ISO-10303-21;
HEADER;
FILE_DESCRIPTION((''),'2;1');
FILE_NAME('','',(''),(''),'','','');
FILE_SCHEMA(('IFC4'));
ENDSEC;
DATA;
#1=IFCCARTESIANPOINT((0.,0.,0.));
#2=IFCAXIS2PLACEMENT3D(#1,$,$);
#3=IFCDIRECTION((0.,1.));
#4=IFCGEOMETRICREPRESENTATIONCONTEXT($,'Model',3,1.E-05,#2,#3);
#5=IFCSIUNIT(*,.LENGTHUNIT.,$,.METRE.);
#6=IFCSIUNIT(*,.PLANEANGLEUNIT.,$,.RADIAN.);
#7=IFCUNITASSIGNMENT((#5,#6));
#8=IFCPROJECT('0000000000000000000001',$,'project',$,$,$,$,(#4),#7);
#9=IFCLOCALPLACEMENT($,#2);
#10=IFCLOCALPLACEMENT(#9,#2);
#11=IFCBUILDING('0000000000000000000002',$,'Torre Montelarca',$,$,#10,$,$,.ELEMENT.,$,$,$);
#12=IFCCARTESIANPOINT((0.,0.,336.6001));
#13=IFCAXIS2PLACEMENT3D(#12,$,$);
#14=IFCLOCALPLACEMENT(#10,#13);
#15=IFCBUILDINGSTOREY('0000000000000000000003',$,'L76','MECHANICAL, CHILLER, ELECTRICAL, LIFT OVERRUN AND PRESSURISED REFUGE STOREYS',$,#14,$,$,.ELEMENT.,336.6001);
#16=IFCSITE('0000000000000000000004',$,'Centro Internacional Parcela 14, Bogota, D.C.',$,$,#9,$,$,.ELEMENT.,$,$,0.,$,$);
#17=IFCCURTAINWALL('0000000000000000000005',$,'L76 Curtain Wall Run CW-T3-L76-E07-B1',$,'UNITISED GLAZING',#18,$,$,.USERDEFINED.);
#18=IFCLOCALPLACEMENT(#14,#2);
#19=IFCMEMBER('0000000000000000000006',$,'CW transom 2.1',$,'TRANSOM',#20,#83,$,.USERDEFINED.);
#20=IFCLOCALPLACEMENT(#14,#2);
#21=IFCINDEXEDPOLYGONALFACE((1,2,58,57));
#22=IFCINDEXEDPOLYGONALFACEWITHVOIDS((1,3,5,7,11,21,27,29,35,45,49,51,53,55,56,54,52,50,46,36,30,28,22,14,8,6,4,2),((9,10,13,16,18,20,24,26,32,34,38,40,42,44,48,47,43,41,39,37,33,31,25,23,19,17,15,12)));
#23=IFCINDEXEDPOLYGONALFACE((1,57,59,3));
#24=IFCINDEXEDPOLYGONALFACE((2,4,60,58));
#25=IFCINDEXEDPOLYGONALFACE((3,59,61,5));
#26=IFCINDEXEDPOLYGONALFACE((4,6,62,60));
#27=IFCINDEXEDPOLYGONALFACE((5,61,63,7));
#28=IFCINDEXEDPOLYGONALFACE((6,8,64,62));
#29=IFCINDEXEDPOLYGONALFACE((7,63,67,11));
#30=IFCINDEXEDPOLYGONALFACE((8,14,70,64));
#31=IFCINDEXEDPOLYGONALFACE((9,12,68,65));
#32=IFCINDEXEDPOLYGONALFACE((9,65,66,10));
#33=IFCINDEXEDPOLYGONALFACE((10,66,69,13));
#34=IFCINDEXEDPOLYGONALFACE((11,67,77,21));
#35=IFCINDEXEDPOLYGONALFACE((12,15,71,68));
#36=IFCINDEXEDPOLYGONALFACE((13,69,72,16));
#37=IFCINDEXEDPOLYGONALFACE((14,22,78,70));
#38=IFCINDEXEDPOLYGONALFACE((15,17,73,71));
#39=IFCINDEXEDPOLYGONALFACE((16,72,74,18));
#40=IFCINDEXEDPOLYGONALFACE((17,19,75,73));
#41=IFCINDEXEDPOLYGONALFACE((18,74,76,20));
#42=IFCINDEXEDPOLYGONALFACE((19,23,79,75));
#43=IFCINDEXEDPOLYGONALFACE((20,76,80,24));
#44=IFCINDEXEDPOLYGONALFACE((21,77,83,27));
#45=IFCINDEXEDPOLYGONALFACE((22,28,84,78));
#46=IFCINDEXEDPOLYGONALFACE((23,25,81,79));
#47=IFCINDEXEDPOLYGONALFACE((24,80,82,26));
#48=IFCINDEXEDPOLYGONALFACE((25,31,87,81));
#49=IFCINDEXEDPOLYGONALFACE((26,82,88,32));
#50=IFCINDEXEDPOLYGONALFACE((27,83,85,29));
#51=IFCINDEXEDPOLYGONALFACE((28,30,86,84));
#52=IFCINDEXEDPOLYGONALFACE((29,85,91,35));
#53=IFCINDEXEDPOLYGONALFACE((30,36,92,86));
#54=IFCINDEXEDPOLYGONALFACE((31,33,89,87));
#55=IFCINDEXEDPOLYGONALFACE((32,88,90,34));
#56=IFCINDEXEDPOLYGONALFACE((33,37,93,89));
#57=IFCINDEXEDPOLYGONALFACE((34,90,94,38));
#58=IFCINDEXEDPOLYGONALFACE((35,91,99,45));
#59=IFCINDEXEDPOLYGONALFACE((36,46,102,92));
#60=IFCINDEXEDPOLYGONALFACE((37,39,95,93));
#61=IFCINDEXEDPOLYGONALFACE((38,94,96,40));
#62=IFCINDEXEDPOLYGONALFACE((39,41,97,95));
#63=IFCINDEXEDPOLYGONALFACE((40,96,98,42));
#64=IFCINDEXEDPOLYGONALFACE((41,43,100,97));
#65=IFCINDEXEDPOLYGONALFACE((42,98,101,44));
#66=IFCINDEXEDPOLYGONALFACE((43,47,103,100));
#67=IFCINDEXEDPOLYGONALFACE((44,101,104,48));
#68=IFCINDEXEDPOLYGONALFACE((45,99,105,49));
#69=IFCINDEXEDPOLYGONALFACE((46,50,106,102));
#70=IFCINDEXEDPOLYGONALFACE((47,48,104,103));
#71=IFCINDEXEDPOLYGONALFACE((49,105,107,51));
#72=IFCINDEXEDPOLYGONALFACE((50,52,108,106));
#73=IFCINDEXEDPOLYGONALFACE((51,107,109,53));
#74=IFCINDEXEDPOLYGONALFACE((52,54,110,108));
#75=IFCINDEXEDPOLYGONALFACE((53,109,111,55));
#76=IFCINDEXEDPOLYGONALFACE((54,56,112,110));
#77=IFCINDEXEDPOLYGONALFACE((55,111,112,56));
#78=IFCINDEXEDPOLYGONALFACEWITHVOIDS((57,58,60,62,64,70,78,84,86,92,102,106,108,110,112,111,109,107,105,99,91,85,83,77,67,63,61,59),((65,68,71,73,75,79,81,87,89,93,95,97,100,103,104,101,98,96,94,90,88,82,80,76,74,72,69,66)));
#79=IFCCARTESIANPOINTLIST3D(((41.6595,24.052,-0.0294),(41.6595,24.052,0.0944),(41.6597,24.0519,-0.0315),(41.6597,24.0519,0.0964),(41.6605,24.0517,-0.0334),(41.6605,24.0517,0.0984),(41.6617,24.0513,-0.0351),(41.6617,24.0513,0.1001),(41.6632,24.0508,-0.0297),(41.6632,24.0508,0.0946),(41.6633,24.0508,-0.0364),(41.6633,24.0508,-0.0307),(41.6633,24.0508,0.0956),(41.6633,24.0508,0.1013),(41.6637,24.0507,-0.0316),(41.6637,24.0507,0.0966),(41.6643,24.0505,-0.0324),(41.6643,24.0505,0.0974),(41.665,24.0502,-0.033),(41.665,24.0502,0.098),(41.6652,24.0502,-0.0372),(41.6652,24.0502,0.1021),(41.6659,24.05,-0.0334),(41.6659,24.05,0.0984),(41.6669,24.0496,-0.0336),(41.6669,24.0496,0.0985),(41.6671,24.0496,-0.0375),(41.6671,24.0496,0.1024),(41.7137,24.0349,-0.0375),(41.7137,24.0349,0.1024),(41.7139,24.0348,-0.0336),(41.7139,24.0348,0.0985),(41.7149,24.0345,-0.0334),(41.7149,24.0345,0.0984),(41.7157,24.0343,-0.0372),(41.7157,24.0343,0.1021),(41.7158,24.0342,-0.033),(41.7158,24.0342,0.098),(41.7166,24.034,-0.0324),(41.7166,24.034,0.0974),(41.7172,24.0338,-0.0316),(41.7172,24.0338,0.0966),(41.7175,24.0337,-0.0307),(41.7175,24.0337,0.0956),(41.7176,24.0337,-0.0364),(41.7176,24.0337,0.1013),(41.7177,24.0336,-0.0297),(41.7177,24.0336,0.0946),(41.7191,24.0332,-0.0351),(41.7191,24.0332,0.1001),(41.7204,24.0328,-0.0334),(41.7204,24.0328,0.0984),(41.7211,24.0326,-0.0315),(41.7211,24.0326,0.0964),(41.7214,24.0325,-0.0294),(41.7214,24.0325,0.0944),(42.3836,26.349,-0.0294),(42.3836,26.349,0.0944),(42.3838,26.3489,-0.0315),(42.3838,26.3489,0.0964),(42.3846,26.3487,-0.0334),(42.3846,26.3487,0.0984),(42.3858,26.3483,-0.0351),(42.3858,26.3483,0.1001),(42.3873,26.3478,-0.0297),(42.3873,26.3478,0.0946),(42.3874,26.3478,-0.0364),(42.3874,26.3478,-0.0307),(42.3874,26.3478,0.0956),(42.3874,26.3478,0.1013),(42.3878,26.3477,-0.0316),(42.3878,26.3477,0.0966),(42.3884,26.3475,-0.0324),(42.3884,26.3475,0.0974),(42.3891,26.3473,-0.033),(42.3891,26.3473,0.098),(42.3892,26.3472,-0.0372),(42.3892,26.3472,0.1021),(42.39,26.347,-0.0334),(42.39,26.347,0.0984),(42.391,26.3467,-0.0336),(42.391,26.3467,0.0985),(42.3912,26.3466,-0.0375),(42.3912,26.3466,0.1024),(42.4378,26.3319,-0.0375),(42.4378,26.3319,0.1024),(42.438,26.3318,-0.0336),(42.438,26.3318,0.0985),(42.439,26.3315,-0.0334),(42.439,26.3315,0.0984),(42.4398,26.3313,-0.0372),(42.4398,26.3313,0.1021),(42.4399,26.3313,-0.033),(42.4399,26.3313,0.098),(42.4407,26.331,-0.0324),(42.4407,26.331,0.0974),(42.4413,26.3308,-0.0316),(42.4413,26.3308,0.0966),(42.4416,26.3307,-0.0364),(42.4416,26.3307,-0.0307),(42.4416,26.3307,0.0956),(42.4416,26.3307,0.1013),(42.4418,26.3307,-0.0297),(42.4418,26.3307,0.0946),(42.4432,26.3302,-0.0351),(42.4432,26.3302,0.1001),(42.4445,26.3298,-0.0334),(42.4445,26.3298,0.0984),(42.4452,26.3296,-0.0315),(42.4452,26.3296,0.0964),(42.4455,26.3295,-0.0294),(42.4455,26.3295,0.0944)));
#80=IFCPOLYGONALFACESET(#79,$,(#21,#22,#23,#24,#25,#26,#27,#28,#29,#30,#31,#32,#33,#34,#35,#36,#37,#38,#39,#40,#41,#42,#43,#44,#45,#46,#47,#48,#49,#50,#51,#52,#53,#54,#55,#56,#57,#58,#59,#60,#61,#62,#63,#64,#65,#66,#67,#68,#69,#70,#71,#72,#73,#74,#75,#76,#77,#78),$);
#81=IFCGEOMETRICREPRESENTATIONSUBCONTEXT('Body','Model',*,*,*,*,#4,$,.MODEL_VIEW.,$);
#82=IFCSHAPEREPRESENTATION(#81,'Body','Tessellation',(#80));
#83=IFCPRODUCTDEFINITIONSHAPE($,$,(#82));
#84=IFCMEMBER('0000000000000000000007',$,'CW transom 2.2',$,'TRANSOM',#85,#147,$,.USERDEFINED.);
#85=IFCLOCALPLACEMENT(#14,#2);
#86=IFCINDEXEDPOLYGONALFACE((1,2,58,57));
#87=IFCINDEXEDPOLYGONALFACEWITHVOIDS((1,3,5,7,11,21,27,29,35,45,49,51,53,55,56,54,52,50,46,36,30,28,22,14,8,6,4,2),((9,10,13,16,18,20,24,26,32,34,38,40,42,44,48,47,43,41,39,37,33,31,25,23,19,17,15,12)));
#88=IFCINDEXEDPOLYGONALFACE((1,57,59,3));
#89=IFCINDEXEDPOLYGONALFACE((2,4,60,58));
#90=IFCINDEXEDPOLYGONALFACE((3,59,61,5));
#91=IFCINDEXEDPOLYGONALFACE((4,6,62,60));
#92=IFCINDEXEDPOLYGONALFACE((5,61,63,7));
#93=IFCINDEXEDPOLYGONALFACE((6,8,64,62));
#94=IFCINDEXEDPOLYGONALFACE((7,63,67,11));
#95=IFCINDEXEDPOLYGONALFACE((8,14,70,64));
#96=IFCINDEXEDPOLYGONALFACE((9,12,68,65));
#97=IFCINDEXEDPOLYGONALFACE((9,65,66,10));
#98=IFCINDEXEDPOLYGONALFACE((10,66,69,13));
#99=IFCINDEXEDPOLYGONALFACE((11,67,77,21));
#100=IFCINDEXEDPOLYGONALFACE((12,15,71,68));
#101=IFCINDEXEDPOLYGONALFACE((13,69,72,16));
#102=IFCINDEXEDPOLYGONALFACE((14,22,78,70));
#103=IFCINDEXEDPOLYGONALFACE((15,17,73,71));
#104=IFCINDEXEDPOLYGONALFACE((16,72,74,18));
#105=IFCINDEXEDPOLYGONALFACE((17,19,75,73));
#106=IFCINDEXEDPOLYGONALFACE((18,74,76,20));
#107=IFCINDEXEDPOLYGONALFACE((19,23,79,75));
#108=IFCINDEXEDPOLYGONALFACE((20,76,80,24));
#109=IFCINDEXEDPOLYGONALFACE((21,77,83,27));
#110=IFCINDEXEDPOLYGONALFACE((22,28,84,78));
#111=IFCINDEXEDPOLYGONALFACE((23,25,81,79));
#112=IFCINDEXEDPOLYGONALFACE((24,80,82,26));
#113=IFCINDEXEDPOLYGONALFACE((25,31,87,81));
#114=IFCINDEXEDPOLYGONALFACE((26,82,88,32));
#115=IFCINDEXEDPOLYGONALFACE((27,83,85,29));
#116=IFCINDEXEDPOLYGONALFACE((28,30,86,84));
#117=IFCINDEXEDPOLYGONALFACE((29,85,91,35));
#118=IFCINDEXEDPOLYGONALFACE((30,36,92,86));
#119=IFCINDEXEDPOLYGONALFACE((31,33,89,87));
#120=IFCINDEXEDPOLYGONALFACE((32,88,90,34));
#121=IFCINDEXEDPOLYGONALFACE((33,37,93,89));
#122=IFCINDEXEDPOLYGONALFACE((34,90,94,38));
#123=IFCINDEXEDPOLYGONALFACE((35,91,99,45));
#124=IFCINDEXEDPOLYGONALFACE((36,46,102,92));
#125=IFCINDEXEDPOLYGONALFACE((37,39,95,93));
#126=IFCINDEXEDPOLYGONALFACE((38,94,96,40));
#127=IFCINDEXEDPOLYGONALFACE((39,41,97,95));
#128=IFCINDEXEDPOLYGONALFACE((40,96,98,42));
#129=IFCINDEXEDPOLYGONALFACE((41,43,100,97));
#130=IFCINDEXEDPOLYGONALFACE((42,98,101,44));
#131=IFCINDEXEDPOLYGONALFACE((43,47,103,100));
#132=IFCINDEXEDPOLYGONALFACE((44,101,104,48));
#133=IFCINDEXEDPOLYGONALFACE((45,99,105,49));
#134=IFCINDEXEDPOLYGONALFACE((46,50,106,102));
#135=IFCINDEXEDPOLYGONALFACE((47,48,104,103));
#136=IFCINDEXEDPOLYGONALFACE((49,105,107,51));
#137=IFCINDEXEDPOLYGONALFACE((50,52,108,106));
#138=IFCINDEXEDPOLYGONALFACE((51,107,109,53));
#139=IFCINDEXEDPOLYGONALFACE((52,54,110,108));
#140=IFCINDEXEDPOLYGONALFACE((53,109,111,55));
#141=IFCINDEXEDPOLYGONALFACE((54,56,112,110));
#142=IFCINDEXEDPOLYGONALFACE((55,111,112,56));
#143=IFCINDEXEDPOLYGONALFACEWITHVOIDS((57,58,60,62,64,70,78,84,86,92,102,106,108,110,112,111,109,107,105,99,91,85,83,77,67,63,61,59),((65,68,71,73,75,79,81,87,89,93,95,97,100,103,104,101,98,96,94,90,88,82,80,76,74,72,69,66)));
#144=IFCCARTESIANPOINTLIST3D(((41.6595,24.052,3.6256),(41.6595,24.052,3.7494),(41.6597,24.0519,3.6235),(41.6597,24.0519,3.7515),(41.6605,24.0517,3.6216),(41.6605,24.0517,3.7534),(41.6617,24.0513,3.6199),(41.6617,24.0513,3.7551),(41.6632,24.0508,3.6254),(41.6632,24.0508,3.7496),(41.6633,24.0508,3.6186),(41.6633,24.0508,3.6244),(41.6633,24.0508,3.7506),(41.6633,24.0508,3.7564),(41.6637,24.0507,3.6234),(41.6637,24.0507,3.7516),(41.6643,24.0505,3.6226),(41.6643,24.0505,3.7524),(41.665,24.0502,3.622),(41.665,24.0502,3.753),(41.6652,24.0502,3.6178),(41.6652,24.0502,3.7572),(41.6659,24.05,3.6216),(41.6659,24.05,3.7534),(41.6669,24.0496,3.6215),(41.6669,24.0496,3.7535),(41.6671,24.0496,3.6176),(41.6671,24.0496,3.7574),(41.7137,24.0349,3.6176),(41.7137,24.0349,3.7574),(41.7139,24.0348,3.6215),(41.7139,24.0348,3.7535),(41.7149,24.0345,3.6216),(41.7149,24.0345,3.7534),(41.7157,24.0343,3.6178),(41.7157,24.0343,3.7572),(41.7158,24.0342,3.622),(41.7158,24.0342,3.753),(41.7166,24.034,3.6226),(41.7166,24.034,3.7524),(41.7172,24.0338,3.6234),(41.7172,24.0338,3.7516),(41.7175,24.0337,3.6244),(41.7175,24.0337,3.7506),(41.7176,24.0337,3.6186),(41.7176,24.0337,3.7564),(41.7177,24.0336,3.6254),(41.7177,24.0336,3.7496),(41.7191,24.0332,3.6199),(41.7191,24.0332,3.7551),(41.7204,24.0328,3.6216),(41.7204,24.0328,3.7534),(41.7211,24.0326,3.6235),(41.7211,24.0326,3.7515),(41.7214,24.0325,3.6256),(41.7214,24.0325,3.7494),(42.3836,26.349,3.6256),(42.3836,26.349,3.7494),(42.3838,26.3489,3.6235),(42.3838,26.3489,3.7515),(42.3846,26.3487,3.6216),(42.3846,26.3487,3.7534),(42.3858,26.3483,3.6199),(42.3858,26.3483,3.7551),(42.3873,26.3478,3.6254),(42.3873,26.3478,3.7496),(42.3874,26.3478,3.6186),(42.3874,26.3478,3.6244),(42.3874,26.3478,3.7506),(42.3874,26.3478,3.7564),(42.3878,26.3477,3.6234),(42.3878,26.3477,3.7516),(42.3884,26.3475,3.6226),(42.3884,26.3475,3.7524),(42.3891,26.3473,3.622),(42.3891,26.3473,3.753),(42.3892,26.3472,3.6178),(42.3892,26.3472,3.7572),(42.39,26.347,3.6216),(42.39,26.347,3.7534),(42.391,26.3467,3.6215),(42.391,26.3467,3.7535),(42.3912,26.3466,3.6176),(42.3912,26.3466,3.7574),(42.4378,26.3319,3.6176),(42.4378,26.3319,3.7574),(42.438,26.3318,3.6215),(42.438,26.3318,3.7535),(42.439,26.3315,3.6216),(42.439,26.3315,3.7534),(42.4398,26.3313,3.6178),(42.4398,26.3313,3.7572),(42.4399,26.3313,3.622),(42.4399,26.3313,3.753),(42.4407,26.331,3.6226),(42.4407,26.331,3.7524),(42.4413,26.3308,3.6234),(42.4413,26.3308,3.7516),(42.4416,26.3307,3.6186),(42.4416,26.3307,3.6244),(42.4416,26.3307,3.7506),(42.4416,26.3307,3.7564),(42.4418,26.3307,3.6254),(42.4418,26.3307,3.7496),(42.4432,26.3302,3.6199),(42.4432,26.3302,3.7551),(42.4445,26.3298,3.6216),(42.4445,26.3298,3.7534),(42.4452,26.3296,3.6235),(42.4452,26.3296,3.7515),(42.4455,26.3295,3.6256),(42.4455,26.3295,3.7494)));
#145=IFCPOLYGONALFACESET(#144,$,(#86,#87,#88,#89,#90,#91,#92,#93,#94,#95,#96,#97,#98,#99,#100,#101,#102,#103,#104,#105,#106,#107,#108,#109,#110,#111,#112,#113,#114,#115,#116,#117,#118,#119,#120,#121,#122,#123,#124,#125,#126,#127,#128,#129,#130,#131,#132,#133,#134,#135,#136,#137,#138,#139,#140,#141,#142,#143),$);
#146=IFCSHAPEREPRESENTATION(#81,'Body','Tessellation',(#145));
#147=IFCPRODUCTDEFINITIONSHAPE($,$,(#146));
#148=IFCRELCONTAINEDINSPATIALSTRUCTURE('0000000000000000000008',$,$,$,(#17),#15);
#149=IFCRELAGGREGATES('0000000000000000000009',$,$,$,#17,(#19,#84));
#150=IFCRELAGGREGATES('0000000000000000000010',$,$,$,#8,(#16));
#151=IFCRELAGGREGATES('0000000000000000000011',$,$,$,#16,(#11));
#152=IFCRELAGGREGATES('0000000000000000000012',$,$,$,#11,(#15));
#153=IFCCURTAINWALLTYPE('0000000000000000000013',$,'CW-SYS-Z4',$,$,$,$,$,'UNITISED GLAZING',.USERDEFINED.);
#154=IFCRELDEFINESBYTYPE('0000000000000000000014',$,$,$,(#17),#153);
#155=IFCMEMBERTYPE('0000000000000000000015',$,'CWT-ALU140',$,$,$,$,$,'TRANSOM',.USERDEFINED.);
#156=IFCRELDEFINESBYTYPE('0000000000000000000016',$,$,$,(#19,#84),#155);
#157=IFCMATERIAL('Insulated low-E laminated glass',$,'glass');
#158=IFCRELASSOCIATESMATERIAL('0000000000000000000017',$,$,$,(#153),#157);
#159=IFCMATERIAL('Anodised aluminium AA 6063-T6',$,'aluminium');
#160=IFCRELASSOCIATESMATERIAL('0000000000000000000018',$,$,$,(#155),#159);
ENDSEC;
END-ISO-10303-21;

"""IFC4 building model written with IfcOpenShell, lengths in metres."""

from ifc_helpers import new_model, si_unit, direction, frame, origin, origin_2d, place, context, subcontext, project, spatial, hollow_rectangle, extrude, source, transform, mapped, material, material_profile, profile_set, type_object, element, aggregate, save


model = new_model("IFC4")

# Units and contexts
model_context = context("Model", 3, precision=1e-05, world=origin(), true_north=direction((0.0, 1.0)))
body_context = subcontext(model_context, "Body", "Model", "MODEL_VIEW")
ifc_project = project(units=[si_unit("LENGTHUNIT", "METRE"), si_unit("PLANEANGLEUNIT", "RADIAN")], contexts=[model_context])

# Site, building, storey
site_placement = place(None, origin())
site = spatial("IfcSite", under=ifc_project, at=site_placement, Name="Centro Internacional Parcela 14, Bogota, D.C.", CompositionType="ELEMENT", RefElevation=0.0)
building_placement = place(site_placement, origin())
building = spatial("IfcBuilding", under=site, at=building_placement, Name="Torre Montelarca", CompositionType="ELEMENT")
storey_placement = place(building_placement, frame((0.0, 0.0, 336.6001)))
storey = spatial("IfcBuildingStorey", under=building, at=storey_placement, Name="L76", Description="MECHANICAL, CHILLER, ELECTRICAL, LIFT OVERRUN AND PRESSURISED REFUGE STOREYS", CompositionType="ELEMENT", Elevation=336.6001)

# Curtain wall
ifc_material_1 = material(Name="Insulated low-E laminated glass", Category="glass")
curtain_wall_type = type_object("IfcCurtainWallType", Name="CW-SYS-Z4", ElementType="UNITISED GLAZING", PredefinedType="USERDEFINED", material=ifc_material_1)
curtain_wall_1_placement = place(storey_placement, origin())
curtain_wall_1 = element("IfcCurtainWall", 1, at=curtain_wall_1_placement, inside=storey, type_object=curtain_wall_type, Name="L76 Curtain Wall Run CW-T3-L76-E07-B1", ObjectType="UNITISED GLAZING", PredefinedType="USERDEFINED")
ifc_material_2 = material(Name="Anodised aluminium AA 6063-T6", Category="aluminium")

# Members
ifc_material_profile_1 = material_profile(ifc_material_2, hollow_rectangle(XDim=0.0649, YDim=0.1399, WallThickness=0.0039, InnerFilletRadius=0.0039, OuterFilletRadius=0.0081, at=origin_2d()), Name="ALU65X140X4", Category="aluminium")
ifc_profile_set_1 = profile_set([ifc_material_profile_1], Name="Anodised aluminium AA 6063-T6")
member_type_1 = type_object("IfcMemberType", Name="CWT-ALU140", ElementType="TRANSOM", PredefinedType="USERDEFINED", material=ifc_profile_set_1)
shared_shape_1 = source(origin(), body_context, "Body", "SweptSolid", [
    extrude(hollow_rectangle(XDim=0.0649, YDim=0.1399, WallThickness=0.0039, InnerFilletRadius=0.0039, OuterFilletRadius=0.0081, at=origin_2d()), origin(), (0.0, 0.0, 1.0), 2.4084),
])
member_1_placement = place(storey_placement, frame((41.6904, 24.0422, 0.0325), z_axis=(0.300646, 0.953736, 0.0), x_axis=(-0.953736, 0.300646, 0.0)))
member_1 = element("IfcMember", 2, at=member_1_placement, type_object=member_type_1, Name="CW transom 2.1", ObjectType="TRANSOM", PredefinedType="USERDEFINED", context=body_context, shape_type="MappedRepresentation", body=[
    mapped(shared_shape_1, transform((0.0, 0.0, 0.0), scale=1.0)),
])
member_2_placement = place(storey_placement, frame((41.6904, 24.0422, 3.6875), z_axis=(0.300646, 0.953736, 0.0), x_axis=(-0.953736, 0.300646, 0.0)))
member_2 = element("IfcMember", 3, at=member_2_placement, type_object=member_type_1, Name="CW transom 2.2", ObjectType="TRANSOM", PredefinedType="USERDEFINED", context=body_context, shape_type="MappedRepresentation", body=[
    mapped(shared_shape_1, transform((0.0, 0.0, 0.0), scale=1.0)),
])

aggregate(curtain_wall_1, [member_1, member_2])

save(model, "model.ifc")
